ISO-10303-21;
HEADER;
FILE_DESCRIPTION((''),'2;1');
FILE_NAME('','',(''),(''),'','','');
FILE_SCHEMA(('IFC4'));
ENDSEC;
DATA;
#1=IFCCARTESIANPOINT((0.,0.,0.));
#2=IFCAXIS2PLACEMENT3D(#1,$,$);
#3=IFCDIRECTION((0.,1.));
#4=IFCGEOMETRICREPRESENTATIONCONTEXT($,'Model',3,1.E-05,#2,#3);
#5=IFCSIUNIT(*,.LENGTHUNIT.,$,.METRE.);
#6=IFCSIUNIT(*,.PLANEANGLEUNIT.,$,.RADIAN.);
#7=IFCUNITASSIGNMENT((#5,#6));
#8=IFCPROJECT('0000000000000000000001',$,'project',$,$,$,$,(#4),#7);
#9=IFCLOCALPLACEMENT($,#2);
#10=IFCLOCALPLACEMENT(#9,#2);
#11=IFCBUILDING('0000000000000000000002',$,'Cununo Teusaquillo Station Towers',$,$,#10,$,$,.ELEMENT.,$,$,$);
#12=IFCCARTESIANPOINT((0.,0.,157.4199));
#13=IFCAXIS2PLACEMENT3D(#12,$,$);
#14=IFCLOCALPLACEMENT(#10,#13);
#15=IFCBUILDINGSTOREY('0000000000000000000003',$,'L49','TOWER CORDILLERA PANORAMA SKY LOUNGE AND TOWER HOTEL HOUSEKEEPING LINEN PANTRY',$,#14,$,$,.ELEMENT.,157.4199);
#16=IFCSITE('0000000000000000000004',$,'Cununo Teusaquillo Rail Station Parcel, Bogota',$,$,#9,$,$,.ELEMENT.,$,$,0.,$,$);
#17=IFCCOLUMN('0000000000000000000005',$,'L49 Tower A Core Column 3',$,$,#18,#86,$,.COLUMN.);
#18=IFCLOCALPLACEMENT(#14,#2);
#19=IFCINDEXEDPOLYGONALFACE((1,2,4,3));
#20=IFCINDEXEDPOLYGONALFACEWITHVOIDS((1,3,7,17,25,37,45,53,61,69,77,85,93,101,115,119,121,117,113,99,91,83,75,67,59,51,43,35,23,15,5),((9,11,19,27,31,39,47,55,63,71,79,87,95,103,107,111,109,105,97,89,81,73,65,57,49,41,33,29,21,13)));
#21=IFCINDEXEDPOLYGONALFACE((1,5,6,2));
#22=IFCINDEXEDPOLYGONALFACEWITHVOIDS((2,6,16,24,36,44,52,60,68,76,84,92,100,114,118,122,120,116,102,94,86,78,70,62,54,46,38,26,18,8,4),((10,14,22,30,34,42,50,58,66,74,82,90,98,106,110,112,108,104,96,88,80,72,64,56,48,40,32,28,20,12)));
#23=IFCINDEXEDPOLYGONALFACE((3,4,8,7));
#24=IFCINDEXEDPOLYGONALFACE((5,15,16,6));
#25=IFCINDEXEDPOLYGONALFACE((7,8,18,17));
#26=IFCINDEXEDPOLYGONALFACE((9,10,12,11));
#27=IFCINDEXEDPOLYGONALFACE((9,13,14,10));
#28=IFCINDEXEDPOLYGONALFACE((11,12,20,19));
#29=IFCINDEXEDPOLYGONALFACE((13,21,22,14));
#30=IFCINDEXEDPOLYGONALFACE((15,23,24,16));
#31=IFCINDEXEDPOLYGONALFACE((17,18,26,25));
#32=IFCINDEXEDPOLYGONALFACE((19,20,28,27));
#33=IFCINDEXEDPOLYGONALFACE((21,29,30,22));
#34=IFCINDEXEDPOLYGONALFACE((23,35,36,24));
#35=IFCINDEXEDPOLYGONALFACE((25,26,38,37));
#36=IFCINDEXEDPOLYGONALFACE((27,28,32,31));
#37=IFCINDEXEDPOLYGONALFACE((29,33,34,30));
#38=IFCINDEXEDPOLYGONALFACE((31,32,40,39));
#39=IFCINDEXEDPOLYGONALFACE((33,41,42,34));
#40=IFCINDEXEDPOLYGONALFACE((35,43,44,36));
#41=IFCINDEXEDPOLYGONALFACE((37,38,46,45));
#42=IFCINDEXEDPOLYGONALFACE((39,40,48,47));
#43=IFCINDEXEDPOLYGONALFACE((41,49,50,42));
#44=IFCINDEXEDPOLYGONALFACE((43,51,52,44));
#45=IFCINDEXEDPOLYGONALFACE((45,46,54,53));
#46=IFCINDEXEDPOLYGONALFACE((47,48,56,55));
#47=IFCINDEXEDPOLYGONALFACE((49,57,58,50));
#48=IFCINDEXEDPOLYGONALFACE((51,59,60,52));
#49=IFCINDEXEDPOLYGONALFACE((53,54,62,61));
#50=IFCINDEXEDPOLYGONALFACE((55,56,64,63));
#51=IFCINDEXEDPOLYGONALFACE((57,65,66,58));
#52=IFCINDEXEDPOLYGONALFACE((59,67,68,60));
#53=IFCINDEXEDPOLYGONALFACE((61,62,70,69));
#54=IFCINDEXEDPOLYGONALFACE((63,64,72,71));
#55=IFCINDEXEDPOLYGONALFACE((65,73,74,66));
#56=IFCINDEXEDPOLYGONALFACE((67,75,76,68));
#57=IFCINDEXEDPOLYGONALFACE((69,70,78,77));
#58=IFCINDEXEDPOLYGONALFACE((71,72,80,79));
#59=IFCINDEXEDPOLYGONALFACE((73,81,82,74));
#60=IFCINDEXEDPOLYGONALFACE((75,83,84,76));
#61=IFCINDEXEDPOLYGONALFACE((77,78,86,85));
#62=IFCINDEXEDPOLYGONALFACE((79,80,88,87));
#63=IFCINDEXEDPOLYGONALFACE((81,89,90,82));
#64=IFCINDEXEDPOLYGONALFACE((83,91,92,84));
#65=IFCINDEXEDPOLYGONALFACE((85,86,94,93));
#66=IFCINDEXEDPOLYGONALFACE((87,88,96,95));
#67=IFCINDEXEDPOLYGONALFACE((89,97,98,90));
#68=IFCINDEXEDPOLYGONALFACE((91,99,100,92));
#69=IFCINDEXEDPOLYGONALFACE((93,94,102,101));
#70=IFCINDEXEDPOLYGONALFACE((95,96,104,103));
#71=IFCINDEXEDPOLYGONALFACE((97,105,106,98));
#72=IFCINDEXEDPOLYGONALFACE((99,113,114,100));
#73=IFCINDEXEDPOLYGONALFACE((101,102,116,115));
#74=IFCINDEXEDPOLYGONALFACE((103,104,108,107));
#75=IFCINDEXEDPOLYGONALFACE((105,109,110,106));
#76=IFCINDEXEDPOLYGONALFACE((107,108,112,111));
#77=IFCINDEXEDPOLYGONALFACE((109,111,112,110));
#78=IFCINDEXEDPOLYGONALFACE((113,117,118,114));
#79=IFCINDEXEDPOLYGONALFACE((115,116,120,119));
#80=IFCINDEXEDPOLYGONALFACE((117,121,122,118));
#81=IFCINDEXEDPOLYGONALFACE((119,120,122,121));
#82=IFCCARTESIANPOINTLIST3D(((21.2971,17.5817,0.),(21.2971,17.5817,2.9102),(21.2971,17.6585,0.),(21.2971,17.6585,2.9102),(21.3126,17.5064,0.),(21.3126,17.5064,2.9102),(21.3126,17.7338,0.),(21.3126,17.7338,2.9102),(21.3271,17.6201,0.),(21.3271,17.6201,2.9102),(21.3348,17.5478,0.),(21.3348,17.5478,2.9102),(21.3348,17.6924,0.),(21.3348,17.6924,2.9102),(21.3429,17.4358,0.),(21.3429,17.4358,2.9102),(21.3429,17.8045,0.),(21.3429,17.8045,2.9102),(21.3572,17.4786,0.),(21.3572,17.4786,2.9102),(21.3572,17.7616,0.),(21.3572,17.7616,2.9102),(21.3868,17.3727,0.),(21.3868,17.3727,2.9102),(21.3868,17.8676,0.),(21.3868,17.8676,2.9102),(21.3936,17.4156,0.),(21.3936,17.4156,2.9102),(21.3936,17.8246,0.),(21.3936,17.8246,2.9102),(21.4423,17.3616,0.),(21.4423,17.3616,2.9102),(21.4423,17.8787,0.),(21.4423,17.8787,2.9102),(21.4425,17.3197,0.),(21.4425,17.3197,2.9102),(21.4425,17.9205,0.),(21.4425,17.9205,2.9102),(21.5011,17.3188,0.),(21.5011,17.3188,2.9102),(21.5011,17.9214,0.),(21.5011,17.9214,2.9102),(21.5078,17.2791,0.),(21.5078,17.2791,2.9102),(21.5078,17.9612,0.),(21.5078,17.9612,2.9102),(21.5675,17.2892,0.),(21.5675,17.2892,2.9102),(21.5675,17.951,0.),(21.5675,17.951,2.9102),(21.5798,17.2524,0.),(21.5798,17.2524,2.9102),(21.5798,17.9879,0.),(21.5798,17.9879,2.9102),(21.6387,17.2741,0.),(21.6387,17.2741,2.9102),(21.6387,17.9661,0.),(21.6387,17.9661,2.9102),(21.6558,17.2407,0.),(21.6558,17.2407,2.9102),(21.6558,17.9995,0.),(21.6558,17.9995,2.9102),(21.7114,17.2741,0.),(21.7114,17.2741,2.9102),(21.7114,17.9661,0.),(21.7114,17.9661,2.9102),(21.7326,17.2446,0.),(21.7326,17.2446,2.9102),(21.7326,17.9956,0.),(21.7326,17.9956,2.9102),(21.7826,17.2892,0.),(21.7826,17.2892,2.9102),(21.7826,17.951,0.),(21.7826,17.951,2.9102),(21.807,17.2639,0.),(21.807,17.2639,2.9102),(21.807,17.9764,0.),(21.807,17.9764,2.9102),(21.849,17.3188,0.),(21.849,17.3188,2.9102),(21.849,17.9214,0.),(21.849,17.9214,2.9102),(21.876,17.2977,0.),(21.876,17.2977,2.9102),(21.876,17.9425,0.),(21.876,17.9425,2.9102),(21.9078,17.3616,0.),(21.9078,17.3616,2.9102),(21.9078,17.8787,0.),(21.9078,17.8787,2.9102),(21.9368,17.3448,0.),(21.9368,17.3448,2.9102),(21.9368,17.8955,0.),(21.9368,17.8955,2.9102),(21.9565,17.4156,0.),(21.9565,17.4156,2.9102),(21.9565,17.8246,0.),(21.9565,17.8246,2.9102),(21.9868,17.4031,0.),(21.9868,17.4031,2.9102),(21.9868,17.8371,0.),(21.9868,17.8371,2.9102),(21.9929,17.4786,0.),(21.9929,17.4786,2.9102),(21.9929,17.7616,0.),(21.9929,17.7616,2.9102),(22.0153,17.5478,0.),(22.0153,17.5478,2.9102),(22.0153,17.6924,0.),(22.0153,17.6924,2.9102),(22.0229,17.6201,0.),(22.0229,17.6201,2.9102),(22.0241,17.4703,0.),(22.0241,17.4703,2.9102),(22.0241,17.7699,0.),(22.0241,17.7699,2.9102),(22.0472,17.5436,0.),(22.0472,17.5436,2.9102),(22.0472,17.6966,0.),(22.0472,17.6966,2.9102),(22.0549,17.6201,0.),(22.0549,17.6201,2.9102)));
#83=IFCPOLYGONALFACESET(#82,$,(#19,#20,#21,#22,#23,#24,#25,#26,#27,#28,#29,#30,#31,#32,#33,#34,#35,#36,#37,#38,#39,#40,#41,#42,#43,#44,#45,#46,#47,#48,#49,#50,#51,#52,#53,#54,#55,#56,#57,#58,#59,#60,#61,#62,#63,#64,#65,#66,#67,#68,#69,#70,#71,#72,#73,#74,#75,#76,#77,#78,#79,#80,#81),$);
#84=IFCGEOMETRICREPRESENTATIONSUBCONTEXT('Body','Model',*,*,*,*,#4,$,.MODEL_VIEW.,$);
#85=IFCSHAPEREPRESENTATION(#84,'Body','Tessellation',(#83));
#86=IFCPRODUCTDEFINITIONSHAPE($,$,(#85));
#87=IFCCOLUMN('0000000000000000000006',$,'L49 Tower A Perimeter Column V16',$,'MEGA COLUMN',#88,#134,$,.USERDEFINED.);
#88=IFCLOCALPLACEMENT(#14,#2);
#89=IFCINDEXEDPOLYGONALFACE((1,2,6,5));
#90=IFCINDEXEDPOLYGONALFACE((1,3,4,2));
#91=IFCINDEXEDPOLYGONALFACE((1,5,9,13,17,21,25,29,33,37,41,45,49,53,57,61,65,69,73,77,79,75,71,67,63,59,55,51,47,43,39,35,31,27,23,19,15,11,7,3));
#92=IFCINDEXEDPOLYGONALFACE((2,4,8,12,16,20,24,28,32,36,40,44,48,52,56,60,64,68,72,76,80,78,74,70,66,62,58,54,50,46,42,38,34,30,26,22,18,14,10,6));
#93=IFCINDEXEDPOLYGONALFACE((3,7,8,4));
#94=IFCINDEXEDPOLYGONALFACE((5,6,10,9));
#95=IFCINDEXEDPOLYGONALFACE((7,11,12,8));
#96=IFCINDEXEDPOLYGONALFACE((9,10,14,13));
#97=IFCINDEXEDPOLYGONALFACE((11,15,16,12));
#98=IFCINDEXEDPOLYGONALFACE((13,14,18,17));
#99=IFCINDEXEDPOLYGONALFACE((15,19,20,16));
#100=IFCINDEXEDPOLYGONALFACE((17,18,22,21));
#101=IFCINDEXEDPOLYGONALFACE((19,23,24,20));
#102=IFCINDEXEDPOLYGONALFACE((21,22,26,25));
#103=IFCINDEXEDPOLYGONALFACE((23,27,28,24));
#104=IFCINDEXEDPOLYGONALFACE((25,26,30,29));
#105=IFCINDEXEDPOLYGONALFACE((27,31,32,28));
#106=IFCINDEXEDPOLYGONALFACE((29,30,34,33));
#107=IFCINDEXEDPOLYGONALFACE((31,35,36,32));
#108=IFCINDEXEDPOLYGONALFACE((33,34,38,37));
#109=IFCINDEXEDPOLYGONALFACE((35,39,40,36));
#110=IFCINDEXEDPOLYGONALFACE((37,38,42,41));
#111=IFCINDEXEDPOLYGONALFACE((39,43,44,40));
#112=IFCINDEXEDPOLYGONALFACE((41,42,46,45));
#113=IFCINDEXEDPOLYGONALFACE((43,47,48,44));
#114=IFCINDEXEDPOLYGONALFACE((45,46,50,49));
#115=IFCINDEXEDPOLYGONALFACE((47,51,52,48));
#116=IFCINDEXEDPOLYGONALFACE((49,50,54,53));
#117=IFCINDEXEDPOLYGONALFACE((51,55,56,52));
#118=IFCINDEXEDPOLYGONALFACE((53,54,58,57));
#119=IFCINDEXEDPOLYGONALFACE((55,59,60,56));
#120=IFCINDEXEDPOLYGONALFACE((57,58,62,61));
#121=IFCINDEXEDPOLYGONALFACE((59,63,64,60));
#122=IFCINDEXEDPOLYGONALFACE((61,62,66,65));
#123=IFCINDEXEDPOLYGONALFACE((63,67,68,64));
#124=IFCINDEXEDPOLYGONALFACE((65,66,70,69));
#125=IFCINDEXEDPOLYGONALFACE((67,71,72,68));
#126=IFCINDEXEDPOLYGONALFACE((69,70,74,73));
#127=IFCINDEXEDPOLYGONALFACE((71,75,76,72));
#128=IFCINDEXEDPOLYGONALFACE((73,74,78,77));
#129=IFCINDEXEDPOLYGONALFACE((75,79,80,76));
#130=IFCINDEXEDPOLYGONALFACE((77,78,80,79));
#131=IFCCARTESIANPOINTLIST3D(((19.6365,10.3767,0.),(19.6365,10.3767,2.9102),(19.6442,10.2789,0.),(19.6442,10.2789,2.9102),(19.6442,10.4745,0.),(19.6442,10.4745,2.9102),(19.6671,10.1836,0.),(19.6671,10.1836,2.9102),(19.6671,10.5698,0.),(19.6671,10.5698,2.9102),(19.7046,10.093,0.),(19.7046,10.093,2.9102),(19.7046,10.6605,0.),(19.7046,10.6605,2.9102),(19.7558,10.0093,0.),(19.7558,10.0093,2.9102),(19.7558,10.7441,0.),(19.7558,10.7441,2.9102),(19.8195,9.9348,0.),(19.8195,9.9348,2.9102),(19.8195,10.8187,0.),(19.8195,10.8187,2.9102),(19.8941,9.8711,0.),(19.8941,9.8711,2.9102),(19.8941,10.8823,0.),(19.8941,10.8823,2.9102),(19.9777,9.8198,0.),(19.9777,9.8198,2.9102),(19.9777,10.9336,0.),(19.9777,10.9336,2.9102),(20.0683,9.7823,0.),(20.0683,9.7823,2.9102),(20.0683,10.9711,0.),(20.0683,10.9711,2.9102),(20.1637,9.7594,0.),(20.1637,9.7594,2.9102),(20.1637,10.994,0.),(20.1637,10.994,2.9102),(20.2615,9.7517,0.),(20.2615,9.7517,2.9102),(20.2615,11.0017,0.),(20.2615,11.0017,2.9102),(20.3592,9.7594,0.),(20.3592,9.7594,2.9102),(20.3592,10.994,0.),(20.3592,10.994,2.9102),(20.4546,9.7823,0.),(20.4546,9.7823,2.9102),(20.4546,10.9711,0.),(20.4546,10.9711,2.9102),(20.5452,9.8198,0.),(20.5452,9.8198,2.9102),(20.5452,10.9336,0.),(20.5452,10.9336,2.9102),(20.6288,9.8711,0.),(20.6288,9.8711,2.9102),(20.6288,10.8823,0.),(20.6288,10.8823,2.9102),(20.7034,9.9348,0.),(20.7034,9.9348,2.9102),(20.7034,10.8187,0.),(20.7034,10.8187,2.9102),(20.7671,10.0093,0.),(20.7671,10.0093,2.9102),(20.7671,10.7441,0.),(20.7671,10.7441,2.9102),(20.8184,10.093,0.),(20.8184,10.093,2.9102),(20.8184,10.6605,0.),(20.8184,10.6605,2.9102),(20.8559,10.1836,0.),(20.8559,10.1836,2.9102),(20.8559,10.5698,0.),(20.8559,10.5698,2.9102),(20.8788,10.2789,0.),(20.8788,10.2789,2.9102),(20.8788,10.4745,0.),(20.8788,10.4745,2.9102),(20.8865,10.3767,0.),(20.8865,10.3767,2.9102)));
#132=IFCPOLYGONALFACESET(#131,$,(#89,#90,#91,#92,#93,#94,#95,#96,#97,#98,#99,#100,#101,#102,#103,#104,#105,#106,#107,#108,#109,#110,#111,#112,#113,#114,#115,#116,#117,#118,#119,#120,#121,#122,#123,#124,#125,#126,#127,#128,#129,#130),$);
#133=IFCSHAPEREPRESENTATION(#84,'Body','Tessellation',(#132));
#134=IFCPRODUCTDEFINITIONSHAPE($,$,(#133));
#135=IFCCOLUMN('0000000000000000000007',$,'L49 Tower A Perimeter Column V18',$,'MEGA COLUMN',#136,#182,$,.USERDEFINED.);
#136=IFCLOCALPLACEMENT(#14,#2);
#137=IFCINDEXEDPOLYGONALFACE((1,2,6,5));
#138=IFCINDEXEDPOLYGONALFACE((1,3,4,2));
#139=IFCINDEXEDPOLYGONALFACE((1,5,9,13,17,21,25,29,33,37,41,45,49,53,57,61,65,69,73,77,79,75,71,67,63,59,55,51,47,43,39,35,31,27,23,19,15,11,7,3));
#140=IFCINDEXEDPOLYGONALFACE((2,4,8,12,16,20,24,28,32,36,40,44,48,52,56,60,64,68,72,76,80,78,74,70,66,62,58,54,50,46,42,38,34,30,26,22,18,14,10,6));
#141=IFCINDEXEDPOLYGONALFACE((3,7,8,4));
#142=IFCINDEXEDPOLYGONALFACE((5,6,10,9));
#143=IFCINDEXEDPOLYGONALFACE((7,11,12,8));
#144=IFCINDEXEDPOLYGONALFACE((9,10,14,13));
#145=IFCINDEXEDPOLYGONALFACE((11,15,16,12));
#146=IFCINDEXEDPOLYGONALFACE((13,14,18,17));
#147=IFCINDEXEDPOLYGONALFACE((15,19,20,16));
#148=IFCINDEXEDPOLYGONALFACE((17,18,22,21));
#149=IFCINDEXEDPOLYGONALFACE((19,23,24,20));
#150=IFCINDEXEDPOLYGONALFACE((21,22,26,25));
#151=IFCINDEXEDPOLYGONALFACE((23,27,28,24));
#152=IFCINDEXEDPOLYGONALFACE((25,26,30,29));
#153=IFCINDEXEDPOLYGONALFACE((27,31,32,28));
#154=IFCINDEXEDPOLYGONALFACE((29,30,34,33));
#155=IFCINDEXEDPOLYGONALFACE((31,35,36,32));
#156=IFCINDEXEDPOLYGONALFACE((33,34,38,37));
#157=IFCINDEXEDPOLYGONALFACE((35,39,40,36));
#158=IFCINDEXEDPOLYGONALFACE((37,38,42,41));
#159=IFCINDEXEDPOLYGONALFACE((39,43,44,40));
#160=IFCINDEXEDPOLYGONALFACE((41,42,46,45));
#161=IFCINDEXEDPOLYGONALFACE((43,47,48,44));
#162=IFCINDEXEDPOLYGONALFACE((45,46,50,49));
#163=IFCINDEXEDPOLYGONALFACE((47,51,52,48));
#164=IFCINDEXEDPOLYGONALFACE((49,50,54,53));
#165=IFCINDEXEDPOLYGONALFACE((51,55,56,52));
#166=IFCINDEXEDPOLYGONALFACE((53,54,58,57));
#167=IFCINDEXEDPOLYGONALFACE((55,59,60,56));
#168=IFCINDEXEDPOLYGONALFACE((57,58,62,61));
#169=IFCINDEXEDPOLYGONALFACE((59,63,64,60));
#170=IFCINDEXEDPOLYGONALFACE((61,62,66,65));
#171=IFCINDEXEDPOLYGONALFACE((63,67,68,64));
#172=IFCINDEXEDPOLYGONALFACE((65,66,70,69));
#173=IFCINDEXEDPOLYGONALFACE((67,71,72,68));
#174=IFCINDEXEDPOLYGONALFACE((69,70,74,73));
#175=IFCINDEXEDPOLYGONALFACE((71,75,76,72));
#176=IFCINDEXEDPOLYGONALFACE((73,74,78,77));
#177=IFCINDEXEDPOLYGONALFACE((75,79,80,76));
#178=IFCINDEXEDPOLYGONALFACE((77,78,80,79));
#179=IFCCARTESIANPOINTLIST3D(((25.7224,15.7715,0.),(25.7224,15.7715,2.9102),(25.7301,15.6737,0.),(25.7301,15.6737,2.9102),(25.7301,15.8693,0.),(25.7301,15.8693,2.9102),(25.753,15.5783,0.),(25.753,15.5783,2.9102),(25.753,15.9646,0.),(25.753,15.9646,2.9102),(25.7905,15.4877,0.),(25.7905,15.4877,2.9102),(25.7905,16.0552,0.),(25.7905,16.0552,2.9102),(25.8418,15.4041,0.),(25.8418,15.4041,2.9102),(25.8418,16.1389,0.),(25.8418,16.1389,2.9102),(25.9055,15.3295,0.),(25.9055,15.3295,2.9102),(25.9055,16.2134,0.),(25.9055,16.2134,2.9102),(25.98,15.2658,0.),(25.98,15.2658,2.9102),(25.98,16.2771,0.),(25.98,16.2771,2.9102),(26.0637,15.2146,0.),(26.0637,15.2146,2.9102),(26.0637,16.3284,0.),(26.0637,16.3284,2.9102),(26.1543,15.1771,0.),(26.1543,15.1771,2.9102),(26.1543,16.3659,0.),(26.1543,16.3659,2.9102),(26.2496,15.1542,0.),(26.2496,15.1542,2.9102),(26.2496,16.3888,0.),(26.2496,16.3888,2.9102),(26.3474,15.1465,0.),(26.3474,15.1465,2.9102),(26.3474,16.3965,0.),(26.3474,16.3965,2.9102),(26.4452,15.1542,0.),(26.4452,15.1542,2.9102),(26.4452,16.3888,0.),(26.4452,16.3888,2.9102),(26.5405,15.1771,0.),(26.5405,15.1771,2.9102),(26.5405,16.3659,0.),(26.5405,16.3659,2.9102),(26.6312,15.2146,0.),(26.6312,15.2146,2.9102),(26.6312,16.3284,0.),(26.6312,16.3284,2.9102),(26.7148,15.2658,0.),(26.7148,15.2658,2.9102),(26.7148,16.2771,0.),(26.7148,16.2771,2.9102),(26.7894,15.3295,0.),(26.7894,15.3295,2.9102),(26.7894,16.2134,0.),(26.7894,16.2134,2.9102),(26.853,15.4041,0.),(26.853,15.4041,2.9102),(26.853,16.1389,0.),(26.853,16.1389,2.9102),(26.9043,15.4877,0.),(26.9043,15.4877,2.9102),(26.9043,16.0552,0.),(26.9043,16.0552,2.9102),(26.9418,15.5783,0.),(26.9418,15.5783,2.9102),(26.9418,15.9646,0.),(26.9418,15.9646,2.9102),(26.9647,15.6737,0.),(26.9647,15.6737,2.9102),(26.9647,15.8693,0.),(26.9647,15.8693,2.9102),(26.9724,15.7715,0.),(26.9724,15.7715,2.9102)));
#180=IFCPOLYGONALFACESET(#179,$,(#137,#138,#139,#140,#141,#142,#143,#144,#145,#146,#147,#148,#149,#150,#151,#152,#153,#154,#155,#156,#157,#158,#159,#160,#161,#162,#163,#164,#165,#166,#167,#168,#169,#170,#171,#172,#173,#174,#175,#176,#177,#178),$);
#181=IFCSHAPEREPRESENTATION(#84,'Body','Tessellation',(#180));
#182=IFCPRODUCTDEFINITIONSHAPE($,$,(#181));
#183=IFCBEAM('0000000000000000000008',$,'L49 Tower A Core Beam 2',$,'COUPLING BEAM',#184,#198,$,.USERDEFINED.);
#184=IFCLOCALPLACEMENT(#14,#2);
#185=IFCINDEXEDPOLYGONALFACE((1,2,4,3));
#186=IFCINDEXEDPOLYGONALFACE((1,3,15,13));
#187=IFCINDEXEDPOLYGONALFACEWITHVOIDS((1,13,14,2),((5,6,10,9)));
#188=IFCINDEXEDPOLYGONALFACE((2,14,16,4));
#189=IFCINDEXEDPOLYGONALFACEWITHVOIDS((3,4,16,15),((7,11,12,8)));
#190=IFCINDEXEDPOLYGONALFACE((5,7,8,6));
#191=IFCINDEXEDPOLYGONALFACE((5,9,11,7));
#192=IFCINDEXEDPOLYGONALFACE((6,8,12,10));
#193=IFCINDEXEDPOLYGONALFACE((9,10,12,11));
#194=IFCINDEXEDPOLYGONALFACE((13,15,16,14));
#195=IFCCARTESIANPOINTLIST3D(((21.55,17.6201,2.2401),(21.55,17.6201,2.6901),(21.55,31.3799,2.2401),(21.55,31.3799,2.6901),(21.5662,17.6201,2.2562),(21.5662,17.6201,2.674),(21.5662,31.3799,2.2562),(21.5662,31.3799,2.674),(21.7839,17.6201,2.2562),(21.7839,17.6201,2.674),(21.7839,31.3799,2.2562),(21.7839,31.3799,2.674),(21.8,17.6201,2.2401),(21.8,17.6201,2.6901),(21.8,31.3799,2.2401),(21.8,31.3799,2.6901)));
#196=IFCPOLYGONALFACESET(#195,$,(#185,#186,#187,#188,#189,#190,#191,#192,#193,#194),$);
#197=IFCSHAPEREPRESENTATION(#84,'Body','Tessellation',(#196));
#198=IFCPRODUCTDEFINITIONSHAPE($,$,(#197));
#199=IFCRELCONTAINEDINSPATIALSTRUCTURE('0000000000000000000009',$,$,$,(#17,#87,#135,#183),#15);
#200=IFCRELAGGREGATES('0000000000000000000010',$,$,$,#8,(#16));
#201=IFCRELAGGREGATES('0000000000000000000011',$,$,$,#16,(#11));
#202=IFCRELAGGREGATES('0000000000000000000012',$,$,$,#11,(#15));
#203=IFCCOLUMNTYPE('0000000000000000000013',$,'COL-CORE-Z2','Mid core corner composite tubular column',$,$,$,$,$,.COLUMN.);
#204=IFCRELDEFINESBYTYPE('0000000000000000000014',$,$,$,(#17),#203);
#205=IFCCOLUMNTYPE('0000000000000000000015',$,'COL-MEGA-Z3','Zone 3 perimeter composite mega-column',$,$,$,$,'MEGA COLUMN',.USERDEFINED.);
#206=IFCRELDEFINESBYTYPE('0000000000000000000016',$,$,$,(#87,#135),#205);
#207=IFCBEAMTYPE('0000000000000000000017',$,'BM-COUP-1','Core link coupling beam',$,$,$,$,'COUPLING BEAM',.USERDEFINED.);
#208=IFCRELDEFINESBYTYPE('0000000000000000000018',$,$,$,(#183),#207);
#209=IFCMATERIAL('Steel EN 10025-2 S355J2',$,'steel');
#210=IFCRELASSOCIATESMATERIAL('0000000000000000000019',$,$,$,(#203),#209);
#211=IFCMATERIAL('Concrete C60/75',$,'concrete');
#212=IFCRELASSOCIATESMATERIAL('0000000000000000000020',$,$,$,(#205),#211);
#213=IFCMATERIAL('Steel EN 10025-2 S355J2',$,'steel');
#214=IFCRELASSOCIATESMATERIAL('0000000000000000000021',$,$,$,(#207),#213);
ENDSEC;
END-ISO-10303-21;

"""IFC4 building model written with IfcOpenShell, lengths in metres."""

from ifc_helpers import new_model, si_unit, direction, frame, origin, origin_2d, place, context, subcontext, project, spatial, hollow_rectangle, circle, hollow_circle, extrude, material, material_profile, profile_set, type_object, element, save


model = new_model("IFC4")

# Units and contexts
model_context = context("Model", 3, precision=1e-05, world=origin(), true_north=direction((0.0, 1.0)))
body_context = subcontext(model_context, "Body", "Model", "MODEL_VIEW")
ifc_project = project(units=[si_unit("LENGTHUNIT", "METRE"), si_unit("PLANEANGLEUNIT", "RADIAN")], contexts=[model_context])

# Site, building, storey
site_placement = place(None, origin())
site = spatial("IfcSite", under=ifc_project, at=site_placement, Name="Cununo Teusaquillo Rail Station Parcel, Bogota", CompositionType="ELEMENT", RefElevation=0.0)
building_placement = place(site_placement, origin())
building = spatial("IfcBuilding", under=site, at=building_placement, Name="Cununo Teusaquillo Station Towers", CompositionType="ELEMENT")
storey_placement = place(building_placement, frame((0.0, 0.0, 157.4199)))
storey = spatial("IfcBuildingStorey", under=building, at=storey_placement, Name="L49", Description="TOWER CORDILLERA PANORAMA SKY LOUNGE AND TOWER HOTEL HOUSEKEEPING LINEN PANTRY", CompositionType="ELEMENT", Elevation=157.4199)

# Columns
ifc_material_1 = material(Name="Steel EN 10025-2 S355J2", Category="steel")
ifc_material_profile_1 = material_profile(ifc_material_1, hollow_circle(Radius=0.3799, WallThickness=0.032, at=origin_2d()), Name="CHS 760x32")
ifc_profile_set_1 = profile_set([ifc_material_profile_1], Name="Steel EN 10025-2 S355J2")
column_type_1 = type_object("IfcColumnType", Name="COL-CORE-Z2", Description="Mid core corner composite tubular column", PredefinedType="COLUMN", material=ifc_profile_set_1)
column_placement = place(storey_placement, frame((21.675, 17.6201, 0.0), z_axis=(0.0, 0.0, 1.0), x_axis=(1.0, 0.0, 0.0)))
element("IfcColumn", 1, at=column_placement, inside=storey, type_object=column_type_1, Name="L49 Tower A Core Column 3", PredefinedType="COLUMN", context=body_context, shape_type="SweptSolid", body=[
    extrude(hollow_circle(Radius=0.3799, WallThickness=0.032, at=origin_2d()), origin(), (0.0, 0.0, 1.0), 2.9102),
])
ifc_material_2 = material(Name="Concrete C60/75", Category="concrete")
ifc_material_profile_2 = material_profile(ifc_material_2, circle(Radius=0.625, at=origin_2d()), Name="RC-CIRC-1250")
ifc_profile_set_2 = profile_set([ifc_material_profile_2], Name="Concrete C60/75")
column_type_2 = type_object("IfcColumnType", Name="COL-MEGA-Z3", Description="Zone 3 perimeter composite mega-column", ElementType="MEGA COLUMN", PredefinedType="USERDEFINED", material=ifc_profile_set_2)
for number, where, z_axis, x_axis, name in (
    (2, (20.2615, 10.3767, 0.0), (0.0, 0.0, 1.0), (1.0, 0.0, 0.0), "L49 Tower A Perimeter Column V16"),
    (3, (26.3474, 15.7715, 0.0), (0.0, 0.0, 1.0), (1.0, 0.0, 0.0), "L49 Tower A Perimeter Column V18"),
):
    element("IfcColumn", number, at=place(storey_placement, frame(where, z_axis=z_axis, x_axis=x_axis)), inside=storey, type_object=column_type_2, Name=name, ObjectType="MEGA COLUMN", PredefinedType="USERDEFINED", context=body_context, shape_type="SweptSolid", body=[
        extrude(circle(Radius=0.625, at=origin_2d()), origin(), (0.0, 0.0, 1.0), 2.9102),
    ])

# Beam
ifc_material_3 = material(Name="Steel EN 10025-2 S355J2", Category="steel")
ifc_material_profile_3 = material_profile(ifc_material_3, hollow_rectangle(XDim=0.25, YDim=0.45, WallThickness=0.0161, at=origin_2d()), Name="RHS 450x250x16")
ifc_profile_set_3 = profile_set([ifc_material_profile_3], Name="Steel EN 10025-2 S355J2")
beam_type_1 = type_object("IfcBeamType", Name="BM-COUP-1", Description="Core link coupling beam", ElementType="COUPLING BEAM", PredefinedType="USERDEFINED", material=ifc_profile_set_3)
beam_1_placement = place(storey_placement, frame((21.675, 17.6201, 2.4651), z_axis=(0.0, 1.0, 0.0), x_axis=(-1.0, 0.0, 0.0)))
element("IfcBeam", 4, at=beam_1_placement, inside=storey, type_object=beam_type_1, Name="L49 Tower A Core Beam 2", ObjectType="COUPLING BEAM", PredefinedType="USERDEFINED", context=body_context, shape_type="SweptSolid", body=[
    extrude(hollow_rectangle(XDim=0.25, YDim=0.45, WallThickness=0.0161, at=origin_2d()), origin(), (0.0, 0.0, 1.0), 13.7598),
])

save(model, "model.ifc")
